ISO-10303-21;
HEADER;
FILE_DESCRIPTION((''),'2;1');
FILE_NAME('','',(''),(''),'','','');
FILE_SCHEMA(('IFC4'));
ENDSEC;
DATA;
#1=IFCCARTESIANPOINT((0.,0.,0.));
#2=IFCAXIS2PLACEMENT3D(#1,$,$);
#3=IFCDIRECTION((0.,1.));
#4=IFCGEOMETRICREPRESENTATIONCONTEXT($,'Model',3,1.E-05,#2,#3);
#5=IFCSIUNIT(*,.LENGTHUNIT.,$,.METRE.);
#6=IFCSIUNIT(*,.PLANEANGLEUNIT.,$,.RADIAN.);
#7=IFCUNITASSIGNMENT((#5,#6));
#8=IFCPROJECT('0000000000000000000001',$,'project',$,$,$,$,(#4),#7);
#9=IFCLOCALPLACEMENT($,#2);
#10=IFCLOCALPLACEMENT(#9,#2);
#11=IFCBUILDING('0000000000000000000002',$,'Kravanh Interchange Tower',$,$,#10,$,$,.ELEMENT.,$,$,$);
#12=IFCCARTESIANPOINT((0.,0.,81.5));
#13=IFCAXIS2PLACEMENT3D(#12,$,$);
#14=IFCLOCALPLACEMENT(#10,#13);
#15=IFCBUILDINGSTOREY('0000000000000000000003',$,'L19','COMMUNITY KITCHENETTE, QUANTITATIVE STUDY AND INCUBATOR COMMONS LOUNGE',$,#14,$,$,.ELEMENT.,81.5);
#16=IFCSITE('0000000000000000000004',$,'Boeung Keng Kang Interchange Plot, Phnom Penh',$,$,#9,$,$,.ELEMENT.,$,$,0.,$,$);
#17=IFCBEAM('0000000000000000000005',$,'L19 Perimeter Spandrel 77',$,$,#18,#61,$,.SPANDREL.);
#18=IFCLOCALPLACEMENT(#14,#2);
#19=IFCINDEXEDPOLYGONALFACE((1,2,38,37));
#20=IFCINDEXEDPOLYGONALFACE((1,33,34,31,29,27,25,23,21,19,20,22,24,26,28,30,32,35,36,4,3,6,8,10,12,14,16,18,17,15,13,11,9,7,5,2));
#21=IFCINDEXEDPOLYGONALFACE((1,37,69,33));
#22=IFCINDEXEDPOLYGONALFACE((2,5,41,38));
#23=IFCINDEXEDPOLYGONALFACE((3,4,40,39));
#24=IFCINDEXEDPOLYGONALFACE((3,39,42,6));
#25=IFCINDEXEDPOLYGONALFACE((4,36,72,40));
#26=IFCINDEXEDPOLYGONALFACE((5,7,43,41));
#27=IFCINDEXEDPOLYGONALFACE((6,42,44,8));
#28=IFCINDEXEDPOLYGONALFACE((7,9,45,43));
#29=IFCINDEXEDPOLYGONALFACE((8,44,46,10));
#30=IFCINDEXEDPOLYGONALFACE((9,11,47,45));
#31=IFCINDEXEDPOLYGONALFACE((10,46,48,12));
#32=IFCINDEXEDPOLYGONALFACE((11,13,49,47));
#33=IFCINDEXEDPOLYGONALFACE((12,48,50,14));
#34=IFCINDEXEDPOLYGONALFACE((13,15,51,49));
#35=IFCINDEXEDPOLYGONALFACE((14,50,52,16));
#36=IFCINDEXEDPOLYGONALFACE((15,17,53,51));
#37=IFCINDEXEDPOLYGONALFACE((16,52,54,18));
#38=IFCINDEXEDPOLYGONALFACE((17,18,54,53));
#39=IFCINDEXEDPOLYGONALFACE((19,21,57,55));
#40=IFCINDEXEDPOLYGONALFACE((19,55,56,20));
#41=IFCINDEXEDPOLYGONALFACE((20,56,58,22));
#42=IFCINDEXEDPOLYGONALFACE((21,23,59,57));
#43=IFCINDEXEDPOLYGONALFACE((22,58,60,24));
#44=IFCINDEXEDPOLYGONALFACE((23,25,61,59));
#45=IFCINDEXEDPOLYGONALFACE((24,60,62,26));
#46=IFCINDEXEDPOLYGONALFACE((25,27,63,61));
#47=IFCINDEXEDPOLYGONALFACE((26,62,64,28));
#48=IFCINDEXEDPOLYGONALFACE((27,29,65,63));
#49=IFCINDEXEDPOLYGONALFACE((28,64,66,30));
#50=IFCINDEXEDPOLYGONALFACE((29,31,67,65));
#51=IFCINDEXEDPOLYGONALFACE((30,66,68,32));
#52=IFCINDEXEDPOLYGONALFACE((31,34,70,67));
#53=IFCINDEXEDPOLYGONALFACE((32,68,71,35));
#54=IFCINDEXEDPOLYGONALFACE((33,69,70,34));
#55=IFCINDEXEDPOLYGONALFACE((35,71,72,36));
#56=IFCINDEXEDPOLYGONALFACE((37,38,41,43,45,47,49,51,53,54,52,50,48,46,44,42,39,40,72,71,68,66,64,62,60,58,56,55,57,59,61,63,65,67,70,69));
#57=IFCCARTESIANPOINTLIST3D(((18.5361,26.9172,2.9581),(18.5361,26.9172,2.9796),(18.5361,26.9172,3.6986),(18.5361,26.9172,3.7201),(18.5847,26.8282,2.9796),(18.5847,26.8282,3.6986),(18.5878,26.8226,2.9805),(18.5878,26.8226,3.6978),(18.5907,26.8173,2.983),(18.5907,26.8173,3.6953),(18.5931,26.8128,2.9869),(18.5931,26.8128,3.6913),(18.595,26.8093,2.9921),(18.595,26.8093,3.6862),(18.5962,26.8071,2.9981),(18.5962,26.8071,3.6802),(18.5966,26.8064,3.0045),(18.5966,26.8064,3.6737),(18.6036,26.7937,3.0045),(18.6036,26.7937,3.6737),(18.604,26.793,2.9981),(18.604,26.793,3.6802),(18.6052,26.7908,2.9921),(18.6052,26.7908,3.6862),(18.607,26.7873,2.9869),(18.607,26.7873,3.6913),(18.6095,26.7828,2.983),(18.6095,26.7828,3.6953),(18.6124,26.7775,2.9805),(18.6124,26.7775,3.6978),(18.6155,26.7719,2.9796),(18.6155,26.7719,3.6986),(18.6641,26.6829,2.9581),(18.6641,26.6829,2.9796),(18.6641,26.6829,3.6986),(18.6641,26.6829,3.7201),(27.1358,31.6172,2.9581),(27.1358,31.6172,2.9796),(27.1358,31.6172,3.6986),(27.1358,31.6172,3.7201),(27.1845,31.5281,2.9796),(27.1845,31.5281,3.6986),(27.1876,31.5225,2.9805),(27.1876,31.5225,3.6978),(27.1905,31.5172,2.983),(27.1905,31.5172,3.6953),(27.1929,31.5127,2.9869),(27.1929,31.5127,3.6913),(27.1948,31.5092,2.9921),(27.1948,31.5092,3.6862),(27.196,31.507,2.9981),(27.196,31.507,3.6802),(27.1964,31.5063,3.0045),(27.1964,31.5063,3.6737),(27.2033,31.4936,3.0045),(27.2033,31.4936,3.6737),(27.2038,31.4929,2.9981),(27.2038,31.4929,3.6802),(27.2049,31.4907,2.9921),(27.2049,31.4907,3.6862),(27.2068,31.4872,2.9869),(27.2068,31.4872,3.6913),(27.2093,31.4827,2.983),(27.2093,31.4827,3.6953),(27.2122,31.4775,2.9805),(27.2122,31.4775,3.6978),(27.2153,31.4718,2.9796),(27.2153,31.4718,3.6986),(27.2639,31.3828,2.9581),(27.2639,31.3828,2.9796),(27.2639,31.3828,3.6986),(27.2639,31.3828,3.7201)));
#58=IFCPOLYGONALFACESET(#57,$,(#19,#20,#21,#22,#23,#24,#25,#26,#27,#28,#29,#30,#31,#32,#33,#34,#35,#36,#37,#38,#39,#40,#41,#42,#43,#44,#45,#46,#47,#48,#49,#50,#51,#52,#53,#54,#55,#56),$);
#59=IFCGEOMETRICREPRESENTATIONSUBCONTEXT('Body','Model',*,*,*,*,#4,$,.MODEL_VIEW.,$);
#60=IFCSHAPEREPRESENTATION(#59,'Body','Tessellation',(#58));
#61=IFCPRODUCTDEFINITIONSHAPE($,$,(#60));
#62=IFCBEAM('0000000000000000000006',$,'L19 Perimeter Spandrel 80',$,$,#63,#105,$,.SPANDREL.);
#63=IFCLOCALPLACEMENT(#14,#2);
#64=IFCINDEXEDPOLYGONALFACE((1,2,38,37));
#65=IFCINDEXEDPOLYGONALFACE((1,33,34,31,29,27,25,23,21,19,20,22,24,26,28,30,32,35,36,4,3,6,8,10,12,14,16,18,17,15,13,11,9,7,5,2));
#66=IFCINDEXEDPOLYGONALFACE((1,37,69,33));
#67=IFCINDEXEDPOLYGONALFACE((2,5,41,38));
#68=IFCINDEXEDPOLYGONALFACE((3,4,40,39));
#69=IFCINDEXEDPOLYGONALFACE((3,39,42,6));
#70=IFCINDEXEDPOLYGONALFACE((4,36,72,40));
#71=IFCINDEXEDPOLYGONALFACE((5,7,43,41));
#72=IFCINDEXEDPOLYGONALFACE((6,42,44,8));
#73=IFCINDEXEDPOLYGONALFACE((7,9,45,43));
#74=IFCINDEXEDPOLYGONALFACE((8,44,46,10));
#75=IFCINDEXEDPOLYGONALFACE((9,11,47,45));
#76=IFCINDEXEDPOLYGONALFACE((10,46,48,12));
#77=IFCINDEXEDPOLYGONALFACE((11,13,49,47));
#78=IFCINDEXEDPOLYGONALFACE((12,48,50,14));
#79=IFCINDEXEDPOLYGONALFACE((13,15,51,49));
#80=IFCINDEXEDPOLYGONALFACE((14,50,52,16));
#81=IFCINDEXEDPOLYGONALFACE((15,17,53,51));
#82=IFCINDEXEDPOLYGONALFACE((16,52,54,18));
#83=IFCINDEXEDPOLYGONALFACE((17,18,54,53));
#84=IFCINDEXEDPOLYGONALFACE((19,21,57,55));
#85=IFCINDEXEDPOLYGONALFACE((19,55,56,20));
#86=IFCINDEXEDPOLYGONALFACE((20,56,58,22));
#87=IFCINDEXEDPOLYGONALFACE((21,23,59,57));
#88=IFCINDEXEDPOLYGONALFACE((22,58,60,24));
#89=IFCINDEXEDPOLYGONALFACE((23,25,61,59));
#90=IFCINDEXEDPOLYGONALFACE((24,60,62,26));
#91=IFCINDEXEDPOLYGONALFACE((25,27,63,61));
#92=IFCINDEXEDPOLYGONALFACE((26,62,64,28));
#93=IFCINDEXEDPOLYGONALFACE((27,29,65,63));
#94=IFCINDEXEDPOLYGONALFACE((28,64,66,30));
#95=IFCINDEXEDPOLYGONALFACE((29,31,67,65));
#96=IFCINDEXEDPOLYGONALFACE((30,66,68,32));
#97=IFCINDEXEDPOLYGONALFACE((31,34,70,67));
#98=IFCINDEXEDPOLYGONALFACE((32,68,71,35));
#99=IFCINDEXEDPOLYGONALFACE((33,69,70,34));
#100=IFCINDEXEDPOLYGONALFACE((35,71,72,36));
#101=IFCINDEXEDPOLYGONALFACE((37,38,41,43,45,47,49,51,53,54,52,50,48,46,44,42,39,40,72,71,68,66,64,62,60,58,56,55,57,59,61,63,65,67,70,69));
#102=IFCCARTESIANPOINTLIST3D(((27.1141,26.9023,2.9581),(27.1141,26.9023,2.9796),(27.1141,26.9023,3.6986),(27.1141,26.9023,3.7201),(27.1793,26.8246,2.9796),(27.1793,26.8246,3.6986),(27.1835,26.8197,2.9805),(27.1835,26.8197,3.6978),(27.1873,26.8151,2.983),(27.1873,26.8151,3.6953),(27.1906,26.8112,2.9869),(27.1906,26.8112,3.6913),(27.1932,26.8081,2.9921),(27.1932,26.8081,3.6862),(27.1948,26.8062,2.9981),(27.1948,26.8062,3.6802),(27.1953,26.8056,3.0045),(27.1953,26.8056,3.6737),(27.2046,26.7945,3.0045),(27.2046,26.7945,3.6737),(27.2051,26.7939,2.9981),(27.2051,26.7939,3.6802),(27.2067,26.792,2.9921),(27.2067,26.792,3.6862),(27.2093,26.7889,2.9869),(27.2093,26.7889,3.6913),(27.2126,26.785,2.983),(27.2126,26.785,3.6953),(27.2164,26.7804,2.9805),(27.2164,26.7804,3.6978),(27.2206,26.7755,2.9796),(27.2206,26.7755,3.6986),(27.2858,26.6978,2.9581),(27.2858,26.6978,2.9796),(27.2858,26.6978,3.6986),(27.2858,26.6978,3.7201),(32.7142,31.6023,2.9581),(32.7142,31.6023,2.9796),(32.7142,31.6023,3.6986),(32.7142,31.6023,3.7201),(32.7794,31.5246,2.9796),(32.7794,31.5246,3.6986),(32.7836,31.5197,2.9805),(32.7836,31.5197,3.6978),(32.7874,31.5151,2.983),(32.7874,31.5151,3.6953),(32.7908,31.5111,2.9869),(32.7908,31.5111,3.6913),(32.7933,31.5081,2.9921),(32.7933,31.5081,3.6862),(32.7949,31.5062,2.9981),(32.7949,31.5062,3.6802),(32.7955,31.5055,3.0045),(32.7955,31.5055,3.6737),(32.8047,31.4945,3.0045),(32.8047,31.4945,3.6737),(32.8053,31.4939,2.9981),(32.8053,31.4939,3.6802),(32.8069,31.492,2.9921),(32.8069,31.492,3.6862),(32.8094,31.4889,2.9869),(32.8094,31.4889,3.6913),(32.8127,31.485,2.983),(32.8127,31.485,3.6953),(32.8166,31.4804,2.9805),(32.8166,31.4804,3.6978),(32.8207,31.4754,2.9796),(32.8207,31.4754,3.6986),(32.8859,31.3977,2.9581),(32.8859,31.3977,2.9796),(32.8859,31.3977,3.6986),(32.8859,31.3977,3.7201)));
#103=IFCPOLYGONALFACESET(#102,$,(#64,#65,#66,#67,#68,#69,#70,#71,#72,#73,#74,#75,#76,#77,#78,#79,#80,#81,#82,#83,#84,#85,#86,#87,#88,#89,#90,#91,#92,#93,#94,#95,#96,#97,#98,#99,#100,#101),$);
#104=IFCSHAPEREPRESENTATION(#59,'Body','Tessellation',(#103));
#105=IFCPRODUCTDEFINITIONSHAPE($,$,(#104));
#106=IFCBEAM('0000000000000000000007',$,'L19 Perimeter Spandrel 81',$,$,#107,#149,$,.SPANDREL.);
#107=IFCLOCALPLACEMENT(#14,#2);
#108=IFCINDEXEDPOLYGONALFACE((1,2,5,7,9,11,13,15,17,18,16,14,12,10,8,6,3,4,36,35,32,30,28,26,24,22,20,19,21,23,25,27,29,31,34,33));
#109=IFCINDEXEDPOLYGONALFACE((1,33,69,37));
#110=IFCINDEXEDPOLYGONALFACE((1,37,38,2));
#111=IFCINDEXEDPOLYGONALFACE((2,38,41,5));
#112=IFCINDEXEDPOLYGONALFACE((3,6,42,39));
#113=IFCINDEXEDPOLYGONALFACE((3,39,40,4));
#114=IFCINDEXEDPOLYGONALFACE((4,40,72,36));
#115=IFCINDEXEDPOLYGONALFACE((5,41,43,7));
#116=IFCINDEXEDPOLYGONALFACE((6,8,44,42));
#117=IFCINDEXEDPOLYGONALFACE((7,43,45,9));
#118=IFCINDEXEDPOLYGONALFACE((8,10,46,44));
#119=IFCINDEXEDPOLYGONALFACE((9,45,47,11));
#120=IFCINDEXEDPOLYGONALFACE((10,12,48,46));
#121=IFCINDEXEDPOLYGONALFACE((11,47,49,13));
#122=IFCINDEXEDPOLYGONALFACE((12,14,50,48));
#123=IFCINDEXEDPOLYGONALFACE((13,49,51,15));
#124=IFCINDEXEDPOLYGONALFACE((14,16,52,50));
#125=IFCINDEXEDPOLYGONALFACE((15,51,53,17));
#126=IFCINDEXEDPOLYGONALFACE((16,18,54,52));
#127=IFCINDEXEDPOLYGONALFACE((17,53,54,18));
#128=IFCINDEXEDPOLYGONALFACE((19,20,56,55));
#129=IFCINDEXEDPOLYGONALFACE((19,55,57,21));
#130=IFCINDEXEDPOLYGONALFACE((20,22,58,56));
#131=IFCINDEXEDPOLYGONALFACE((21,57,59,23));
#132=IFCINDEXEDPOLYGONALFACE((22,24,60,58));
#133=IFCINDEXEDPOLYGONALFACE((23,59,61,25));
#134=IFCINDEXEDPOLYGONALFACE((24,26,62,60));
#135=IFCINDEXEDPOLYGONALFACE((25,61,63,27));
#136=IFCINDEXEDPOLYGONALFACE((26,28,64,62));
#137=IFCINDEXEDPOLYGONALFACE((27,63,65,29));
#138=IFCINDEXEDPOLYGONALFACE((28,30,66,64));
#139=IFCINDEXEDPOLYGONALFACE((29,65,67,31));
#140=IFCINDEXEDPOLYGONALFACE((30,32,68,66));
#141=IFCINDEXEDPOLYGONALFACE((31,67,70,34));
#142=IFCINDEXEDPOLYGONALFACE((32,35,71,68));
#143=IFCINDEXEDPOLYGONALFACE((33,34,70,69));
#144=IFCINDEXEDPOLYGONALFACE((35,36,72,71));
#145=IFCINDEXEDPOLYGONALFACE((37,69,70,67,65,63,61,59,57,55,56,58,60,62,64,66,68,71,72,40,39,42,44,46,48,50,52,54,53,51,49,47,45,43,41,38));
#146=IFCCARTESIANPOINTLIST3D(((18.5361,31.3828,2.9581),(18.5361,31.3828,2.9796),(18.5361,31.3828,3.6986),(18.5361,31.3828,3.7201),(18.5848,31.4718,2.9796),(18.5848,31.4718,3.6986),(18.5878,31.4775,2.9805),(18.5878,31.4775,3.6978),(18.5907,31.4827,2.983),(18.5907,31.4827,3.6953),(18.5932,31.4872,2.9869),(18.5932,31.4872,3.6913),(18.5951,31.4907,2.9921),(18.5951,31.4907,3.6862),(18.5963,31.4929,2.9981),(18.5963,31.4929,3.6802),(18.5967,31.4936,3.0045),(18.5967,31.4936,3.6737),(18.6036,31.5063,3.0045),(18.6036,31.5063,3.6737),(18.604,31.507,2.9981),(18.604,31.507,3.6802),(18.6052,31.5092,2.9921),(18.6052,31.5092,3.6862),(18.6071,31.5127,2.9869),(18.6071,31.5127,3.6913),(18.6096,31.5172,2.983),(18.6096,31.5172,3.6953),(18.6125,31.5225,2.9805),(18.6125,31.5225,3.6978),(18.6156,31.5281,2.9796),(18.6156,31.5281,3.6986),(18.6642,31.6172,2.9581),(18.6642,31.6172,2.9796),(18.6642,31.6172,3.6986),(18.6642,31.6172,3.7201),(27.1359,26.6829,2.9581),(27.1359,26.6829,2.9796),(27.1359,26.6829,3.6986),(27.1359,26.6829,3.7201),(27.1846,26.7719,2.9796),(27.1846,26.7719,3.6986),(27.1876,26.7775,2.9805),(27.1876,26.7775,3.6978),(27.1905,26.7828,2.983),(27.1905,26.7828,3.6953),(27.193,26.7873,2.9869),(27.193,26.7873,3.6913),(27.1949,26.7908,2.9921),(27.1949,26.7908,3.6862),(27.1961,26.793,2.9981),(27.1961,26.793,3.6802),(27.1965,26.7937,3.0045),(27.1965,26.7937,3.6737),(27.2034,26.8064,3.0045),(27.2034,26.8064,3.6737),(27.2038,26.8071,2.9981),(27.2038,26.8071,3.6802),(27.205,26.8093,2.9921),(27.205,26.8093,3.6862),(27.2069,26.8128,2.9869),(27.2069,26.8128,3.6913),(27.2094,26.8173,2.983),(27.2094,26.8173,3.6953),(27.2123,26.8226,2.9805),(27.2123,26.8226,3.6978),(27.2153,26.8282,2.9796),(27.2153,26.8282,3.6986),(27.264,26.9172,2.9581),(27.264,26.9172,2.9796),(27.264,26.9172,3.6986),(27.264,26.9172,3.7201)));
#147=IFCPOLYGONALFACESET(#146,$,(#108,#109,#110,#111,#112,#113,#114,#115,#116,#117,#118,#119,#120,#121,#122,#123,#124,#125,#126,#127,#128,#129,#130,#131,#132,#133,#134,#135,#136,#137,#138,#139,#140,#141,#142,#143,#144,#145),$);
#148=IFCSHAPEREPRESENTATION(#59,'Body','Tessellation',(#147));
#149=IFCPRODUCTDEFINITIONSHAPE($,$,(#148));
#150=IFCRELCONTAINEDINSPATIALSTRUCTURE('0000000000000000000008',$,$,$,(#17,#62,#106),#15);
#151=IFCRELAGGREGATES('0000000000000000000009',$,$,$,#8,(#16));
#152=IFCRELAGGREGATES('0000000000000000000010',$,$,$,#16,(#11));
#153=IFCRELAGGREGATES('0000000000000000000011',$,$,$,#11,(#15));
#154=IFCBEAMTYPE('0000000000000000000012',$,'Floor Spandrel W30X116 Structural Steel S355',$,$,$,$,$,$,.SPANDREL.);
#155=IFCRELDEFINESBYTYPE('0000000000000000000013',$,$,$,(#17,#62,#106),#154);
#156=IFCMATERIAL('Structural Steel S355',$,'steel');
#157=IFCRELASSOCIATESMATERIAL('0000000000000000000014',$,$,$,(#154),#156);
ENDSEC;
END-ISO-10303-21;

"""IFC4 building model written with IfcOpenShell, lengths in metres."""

from ifc_helpers import new_model, si_unit, direction, frame, origin, origin_2d, place, context, subcontext, project, spatial, i_section, extrude, material, material_profile, profile_set, type_object, element, save


model = new_model("IFC4")

# Units and contexts
model_context = context("Model", 3, precision=1e-05, world=origin(), true_north=direction((0.0, 1.0)))
body_context = subcontext(model_context, "Body", "Model", "MODEL_VIEW")
ifc_project = project(units=[si_unit("LENGTHUNIT", "METRE"), si_unit("PLANEANGLEUNIT", "RADIAN")], contexts=[model_context])

# Site, building, storey
site_placement = place(None, origin())
site = spatial("IfcSite", under=ifc_project, at=site_placement, Name="Boeung Keng Kang Interchange Plot, Phnom Penh", CompositionType="ELEMENT", RefElevation=0.0)
building_placement = place(site_placement, origin())
building = spatial("IfcBuilding", under=site, at=building_placement, Name="Kravanh Interchange Tower", CompositionType="ELEMENT")
storey_placement = place(building_placement, frame((0.0, 0.0, 81.5)))
storey = spatial("IfcBuildingStorey", under=building, at=storey_placement, Name="L19", Description="COMMUNITY KITCHENETTE, QUANTITATIVE STUDY AND INCUBATOR COMMONS LOUNGE", CompositionType="ELEMENT", Elevation=81.5)

# Beams
ifc_material_1 = material(Name="Structural Steel S355", Category="steel")
ifc_material_profile_1 = material_profile(ifc_material_1, i_section(OverallWidth=0.2671, OverallDepth=0.762, WebThickness=0.0144, FlangeThickness=0.0215, FilletRadius=0.0249, at=origin_2d()), Name="W30X116")
ifc_profile_set_1 = profile_set([ifc_material_profile_1], Name="Structural Steel S355")
beam_type_1 = type_object("IfcBeamType", Name="Floor Spandrel W30X116 Structural Steel S355", PredefinedType="SPANDREL", material=ifc_profile_set_1)
beam_1_placement = place(storey_placement, frame((18.6001, 26.8, 3.3391), z_axis=(0.877504, 0.479569, 0.0), x_axis=(-0.479569, 0.877504, 0.0)))
element("IfcBeam", 1, at=beam_1_placement, inside=storey, type_object=beam_type_1, Name="L19 Perimeter Spandrel 77", PredefinedType="SPANDREL", context=body_context, shape_type="SweptSolid", body=[
    extrude(i_section(OverallWidth=0.2671, OverallDepth=0.762, WebThickness=0.0144, FlangeThickness=0.0215, FilletRadius=0.0249, at=origin_2d()), origin(), (0.0, 0.0, 1.0), 9.8003),
])
beam_2_placement = place(storey_placement, frame((27.2, 26.8, 3.3391), z_axis=(0.765983, 0.642861, 0.0), x_axis=(-0.642861, 0.765983, 0.0)))
element("IfcBeam", 2, at=beam_2_placement, inside=storey, type_object=beam_type_1, Name="L19 Perimeter Spandrel 80", PredefinedType="SPANDREL", context=body_context, shape_type="SweptSolid", body=[
    extrude(i_section(OverallWidth=0.2671, OverallDepth=0.762, WebThickness=0.0144, FlangeThickness=0.0215, FilletRadius=0.0249, at=origin_2d()), origin(), (0.0, 0.0, 1.0), 7.311),
])
beam_3_placement = place(storey_placement, frame((27.2, 26.8, 3.3391), z_axis=(-0.877504, 0.479569, 0.0), x_axis=(-0.479569, -0.877504, 0.0)))
element("IfcBeam", 3, at=beam_3_placement, inside=storey, type_object=beam_type_1, Name="L19 Perimeter Spandrel 81", PredefinedType="SPANDREL", context=body_context, shape_type="SweptSolid", body=[
    extrude(i_section(OverallWidth=0.2671, OverallDepth=0.762, WebThickness=0.0144, FlangeThickness=0.0215, FilletRadius=0.0249, at=origin_2d()), origin(), (0.0, 0.0, 1.0), 9.8003),
])

save(model, "model.ifc")
